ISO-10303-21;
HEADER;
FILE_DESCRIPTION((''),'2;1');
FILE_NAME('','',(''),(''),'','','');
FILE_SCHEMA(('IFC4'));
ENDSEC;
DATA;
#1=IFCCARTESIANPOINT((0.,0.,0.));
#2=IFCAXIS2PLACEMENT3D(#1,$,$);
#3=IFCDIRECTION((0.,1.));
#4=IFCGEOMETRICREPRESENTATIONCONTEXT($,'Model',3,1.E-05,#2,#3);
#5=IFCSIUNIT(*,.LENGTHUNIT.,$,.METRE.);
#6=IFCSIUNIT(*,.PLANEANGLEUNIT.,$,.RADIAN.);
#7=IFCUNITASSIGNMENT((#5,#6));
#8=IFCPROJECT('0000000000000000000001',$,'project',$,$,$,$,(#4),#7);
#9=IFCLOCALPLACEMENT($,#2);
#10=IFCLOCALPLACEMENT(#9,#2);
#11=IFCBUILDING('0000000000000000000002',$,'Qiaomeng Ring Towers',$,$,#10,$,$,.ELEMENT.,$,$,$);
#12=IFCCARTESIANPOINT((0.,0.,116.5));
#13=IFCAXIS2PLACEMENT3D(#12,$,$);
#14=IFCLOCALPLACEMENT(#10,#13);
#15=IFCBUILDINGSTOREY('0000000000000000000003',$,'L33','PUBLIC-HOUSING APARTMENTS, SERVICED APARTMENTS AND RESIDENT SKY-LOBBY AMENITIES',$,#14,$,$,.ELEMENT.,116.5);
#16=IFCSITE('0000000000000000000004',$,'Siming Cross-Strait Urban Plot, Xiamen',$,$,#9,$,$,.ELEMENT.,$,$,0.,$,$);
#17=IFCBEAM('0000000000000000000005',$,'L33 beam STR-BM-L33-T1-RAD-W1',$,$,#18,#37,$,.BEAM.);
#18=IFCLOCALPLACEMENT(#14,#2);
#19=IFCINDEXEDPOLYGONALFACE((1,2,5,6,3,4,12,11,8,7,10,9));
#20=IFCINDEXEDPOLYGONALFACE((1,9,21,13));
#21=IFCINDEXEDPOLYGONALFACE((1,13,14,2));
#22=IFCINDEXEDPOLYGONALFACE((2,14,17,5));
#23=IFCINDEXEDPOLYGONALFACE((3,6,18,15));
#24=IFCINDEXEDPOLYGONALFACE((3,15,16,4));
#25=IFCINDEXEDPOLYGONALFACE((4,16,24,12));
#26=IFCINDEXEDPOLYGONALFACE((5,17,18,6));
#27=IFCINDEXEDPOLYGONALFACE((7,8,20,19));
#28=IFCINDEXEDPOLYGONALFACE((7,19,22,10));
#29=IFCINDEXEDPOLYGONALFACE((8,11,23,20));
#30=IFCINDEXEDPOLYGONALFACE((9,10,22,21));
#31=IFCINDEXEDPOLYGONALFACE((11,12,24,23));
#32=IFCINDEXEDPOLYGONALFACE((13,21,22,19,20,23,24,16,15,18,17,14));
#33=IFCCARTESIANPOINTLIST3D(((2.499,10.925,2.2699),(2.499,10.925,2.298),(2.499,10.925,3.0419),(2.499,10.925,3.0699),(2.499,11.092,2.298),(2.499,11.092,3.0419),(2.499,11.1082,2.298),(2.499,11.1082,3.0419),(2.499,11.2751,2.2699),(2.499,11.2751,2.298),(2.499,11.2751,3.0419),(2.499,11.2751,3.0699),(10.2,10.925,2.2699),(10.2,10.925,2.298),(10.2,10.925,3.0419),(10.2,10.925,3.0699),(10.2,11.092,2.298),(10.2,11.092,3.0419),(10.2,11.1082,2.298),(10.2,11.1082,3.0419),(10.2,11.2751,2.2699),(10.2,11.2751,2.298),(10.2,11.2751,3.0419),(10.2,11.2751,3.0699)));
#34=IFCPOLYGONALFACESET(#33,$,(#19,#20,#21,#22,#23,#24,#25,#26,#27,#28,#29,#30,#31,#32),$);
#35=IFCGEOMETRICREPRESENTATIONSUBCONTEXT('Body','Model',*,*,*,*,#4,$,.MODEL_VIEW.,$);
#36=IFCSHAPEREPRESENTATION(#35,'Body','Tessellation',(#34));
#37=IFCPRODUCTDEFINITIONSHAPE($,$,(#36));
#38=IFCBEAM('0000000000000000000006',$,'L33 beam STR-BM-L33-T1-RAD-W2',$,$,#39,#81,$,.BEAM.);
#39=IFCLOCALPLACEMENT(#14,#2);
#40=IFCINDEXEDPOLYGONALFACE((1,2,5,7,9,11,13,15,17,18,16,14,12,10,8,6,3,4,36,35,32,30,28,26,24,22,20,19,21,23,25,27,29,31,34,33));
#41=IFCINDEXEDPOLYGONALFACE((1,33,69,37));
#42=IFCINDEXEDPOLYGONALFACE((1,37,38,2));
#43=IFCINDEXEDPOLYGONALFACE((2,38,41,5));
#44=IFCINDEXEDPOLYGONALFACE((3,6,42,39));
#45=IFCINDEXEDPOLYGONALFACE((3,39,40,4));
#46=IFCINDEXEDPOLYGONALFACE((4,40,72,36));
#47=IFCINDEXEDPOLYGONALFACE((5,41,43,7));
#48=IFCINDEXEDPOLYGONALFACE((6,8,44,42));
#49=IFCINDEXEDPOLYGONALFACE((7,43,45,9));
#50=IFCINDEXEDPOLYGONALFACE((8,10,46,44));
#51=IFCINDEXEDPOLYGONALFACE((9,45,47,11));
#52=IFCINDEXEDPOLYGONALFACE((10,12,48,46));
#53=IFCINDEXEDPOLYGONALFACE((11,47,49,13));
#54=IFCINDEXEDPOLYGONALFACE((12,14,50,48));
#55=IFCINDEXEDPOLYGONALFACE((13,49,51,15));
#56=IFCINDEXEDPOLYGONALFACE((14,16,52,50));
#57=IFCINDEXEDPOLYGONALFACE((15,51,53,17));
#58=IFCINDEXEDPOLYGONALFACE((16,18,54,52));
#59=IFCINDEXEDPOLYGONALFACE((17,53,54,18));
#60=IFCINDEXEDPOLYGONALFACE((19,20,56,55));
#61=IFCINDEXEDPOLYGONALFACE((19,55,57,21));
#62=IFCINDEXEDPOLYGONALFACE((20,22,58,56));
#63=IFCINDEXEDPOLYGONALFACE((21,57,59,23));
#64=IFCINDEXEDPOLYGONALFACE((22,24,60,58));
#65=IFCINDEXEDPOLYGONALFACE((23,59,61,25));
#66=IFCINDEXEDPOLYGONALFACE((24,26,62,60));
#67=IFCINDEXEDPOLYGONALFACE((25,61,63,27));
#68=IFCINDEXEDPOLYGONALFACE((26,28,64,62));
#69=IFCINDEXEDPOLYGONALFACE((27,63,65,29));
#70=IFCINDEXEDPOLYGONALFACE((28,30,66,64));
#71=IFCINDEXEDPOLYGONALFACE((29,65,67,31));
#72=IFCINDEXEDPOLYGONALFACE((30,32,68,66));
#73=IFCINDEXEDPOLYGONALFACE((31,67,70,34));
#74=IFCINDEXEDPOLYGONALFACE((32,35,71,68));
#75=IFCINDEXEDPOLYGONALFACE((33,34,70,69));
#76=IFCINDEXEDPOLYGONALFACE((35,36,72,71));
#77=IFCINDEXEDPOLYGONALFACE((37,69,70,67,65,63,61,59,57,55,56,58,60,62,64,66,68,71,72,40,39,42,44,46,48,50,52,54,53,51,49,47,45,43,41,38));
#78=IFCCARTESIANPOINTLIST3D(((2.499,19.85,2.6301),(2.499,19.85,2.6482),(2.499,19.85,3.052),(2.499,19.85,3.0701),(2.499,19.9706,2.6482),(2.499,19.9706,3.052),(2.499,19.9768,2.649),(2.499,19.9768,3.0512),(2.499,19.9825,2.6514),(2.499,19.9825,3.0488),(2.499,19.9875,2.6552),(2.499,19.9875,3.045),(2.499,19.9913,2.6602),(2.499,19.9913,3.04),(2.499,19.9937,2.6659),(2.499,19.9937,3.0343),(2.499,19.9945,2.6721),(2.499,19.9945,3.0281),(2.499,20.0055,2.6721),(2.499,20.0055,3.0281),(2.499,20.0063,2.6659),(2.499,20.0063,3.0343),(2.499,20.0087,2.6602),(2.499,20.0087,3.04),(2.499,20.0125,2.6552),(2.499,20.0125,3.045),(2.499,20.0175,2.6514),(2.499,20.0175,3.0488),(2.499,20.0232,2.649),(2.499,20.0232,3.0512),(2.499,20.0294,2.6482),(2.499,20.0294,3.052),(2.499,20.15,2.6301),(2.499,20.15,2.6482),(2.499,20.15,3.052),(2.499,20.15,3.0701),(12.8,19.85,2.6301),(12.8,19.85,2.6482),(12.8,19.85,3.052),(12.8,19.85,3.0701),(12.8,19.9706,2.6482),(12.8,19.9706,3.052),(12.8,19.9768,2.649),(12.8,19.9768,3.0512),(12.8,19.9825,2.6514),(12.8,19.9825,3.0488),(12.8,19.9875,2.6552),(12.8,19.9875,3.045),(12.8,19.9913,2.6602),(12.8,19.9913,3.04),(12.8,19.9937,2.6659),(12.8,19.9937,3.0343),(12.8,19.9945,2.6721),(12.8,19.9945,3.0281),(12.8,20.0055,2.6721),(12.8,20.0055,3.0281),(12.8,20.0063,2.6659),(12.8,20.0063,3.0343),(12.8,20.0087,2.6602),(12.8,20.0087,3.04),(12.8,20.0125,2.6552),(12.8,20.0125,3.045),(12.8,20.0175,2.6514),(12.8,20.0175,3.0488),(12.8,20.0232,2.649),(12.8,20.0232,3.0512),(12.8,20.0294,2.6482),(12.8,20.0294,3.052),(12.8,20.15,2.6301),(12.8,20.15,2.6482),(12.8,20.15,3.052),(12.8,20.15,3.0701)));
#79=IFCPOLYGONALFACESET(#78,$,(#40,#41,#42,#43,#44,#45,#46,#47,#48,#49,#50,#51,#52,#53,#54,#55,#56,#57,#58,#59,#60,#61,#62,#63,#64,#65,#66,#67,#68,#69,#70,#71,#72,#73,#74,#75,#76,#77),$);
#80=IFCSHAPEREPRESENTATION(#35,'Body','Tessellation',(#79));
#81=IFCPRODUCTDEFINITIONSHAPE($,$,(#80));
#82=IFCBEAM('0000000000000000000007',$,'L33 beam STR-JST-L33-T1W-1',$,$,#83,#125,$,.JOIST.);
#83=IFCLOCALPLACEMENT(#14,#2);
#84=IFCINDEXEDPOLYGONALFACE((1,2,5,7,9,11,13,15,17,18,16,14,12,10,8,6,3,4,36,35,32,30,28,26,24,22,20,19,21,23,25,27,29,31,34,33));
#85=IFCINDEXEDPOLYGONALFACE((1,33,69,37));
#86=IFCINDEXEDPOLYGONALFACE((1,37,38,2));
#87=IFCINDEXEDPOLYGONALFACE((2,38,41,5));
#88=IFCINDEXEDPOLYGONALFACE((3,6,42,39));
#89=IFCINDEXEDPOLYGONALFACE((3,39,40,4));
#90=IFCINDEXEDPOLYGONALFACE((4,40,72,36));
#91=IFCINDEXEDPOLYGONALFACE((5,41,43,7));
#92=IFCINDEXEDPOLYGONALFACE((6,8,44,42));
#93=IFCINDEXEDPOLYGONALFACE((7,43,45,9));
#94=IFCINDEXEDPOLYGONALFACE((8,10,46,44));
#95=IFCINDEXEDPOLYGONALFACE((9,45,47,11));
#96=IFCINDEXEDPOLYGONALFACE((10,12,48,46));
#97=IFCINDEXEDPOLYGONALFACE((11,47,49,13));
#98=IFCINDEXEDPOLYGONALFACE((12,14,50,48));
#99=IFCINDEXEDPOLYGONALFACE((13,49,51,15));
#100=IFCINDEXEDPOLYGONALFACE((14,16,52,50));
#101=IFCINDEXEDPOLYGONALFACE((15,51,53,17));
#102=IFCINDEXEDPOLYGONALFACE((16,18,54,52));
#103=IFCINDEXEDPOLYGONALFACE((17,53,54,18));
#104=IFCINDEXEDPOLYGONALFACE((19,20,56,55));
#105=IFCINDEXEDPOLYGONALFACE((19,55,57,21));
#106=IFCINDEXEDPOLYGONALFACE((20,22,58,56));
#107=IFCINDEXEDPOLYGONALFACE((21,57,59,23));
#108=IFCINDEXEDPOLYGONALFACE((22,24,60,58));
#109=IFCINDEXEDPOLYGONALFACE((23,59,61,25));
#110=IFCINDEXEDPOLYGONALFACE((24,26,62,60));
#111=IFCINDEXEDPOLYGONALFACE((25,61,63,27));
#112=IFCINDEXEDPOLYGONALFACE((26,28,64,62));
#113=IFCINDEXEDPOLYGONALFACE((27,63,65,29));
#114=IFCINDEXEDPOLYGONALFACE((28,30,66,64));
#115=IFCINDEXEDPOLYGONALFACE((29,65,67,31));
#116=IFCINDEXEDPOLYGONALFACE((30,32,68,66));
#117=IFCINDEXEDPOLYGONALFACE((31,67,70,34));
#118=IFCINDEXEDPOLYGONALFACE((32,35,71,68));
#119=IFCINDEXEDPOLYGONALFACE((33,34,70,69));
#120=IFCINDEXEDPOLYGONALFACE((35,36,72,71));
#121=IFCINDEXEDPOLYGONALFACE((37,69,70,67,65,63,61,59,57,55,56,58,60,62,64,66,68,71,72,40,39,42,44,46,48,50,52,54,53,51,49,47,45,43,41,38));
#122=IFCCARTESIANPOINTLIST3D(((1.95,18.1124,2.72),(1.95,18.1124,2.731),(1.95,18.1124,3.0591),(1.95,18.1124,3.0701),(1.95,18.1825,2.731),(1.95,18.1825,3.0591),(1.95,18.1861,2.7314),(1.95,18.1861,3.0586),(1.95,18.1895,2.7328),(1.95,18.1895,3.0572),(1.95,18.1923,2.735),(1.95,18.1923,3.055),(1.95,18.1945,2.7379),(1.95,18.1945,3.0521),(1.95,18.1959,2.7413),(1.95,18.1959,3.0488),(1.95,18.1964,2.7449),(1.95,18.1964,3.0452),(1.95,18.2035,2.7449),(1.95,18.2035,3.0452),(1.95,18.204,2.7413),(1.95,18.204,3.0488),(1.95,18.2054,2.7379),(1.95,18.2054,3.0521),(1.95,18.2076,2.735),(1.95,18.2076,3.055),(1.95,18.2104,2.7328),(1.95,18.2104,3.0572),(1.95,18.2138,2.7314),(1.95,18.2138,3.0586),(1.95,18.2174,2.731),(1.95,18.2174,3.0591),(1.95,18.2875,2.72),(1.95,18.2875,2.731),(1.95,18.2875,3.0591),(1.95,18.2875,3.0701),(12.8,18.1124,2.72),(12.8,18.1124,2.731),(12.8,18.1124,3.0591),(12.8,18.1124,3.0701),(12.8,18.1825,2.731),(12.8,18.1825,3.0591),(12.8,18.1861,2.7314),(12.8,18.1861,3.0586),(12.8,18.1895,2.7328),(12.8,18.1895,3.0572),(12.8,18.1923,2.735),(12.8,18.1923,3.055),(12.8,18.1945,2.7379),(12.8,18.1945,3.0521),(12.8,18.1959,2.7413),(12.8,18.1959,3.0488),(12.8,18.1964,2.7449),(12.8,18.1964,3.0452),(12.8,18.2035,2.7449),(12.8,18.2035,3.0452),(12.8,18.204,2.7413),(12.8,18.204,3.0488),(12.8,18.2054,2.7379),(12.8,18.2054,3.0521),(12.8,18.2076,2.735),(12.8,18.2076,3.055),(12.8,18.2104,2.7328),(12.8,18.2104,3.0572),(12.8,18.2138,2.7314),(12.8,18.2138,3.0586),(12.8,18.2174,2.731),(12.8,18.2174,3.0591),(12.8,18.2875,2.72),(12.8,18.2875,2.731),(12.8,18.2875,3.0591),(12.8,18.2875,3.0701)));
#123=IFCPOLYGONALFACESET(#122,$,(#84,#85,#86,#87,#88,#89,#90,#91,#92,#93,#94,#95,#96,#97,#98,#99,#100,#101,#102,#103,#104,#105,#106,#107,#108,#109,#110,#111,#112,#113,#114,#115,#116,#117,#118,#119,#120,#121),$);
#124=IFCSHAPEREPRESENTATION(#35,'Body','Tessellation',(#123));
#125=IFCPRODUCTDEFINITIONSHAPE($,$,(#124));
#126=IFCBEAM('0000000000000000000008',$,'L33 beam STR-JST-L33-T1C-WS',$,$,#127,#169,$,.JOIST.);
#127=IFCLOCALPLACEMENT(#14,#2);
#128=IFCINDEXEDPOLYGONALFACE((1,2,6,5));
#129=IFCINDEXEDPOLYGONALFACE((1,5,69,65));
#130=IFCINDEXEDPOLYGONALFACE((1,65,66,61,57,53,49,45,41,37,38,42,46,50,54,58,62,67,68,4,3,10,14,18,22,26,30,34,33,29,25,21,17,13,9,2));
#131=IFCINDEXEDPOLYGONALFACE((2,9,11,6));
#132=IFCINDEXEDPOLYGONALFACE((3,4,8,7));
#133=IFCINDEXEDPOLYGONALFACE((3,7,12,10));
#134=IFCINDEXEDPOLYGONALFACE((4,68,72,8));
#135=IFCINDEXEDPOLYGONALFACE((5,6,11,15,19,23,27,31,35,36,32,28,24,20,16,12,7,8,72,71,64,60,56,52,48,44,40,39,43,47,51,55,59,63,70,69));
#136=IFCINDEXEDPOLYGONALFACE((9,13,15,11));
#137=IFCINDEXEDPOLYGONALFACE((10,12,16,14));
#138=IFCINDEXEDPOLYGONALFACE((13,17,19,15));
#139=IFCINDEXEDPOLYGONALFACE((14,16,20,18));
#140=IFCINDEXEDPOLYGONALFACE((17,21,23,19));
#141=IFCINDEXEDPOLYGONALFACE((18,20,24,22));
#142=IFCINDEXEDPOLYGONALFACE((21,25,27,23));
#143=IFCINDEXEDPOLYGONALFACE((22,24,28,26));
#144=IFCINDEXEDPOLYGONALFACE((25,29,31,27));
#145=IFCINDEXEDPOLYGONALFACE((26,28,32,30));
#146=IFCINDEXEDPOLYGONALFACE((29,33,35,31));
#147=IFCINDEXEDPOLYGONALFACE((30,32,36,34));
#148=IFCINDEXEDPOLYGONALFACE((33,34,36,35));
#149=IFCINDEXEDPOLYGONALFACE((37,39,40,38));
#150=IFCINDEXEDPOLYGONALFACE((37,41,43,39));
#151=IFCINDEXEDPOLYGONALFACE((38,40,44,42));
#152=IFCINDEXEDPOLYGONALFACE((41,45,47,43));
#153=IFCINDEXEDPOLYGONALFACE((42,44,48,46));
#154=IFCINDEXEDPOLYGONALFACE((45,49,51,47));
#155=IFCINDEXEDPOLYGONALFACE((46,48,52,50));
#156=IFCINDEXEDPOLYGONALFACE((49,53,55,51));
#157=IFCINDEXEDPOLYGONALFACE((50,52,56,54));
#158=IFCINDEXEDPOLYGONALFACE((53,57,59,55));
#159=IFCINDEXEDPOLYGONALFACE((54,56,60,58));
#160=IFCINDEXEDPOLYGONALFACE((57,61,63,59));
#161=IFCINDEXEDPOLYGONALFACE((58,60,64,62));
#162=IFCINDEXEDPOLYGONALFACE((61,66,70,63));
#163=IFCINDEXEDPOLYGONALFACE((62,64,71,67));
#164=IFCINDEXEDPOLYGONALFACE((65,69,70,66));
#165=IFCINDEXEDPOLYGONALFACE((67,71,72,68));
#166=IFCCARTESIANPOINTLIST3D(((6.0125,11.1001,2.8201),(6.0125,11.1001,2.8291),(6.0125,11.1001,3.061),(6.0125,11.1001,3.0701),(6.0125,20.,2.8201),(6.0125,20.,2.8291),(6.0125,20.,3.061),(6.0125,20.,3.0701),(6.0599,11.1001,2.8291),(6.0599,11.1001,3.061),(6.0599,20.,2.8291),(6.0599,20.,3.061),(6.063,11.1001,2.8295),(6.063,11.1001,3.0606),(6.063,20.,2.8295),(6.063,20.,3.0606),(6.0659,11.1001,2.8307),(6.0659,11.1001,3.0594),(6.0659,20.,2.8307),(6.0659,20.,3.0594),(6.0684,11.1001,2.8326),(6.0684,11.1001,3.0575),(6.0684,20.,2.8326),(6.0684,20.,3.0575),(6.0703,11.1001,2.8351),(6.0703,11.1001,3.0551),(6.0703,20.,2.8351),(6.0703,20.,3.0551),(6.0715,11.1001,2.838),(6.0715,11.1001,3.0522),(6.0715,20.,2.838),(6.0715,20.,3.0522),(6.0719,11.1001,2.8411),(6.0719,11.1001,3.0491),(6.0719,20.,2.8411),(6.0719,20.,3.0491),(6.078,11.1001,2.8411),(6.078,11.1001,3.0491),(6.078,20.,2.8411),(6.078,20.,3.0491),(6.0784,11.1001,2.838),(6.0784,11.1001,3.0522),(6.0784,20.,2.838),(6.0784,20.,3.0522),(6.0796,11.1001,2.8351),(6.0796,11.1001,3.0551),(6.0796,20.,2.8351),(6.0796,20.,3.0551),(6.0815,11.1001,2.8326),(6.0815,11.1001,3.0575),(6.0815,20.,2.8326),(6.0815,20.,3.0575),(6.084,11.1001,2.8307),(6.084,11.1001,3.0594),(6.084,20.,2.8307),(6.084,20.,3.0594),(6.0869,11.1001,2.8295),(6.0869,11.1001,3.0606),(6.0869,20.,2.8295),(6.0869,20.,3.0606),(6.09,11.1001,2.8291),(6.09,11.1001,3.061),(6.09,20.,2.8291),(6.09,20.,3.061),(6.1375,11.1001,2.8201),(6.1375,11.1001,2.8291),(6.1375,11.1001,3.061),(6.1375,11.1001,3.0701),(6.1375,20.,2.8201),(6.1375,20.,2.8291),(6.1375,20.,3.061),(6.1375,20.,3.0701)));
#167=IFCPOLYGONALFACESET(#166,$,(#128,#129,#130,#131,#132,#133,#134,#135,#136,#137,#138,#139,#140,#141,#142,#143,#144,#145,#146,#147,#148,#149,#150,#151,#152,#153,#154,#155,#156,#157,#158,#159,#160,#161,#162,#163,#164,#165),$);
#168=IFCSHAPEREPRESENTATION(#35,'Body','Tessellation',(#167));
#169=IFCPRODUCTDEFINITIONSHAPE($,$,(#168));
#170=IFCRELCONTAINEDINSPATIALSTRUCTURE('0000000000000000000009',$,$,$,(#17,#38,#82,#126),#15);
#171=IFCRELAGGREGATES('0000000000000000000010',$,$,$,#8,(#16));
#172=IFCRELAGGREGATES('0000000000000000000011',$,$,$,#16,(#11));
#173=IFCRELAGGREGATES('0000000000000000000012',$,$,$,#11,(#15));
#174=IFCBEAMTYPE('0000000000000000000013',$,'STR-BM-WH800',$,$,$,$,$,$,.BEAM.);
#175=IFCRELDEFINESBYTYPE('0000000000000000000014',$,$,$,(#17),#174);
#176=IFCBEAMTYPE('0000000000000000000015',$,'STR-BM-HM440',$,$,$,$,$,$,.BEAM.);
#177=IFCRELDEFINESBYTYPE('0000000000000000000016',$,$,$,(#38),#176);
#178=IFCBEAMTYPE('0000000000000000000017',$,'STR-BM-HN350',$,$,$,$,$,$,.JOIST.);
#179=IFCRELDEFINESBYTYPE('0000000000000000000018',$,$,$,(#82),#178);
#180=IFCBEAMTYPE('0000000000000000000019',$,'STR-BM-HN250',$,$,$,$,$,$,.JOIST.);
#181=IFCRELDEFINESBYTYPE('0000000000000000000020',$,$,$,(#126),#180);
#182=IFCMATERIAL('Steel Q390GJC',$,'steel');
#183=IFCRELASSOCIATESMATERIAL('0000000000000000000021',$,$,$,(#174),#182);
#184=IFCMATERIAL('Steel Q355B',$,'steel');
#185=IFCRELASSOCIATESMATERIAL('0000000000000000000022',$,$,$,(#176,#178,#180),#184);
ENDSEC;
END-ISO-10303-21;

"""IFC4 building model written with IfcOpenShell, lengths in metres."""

from ifc_helpers import new_model, si_unit, direction, frame, origin, origin_2d, place, context, subcontext, project, spatial, i_section, extrude, source, transform, mapped, material, material_profile, profile_set, type_object, element, save


model = new_model("IFC4")

# Units and contexts
model_context = context("Model", 3, precision=1e-05, world=origin(), true_north=direction((0.0, 1.0)))
body_context = subcontext(model_context, "Body", "Model", "MODEL_VIEW")
ifc_project = project(units=[si_unit("LENGTHUNIT", "METRE"), si_unit("PLANEANGLEUNIT", "RADIAN")], contexts=[model_context])

# Site, building, storey
site_placement = place(None, origin())
site = spatial("IfcSite", under=ifc_project, at=site_placement, Name="Siming Cross-Strait Urban Plot, Xiamen", CompositionType="ELEMENT", RefElevation=0.0)
building_placement = place(site_placement, origin())
building = spatial("IfcBuilding", under=site, at=building_placement, Name="Qiaomeng Ring Towers", CompositionType="ELEMENT")
storey_placement = place(building_placement, frame((0.0, 0.0, 116.5)))
storey = spatial("IfcBuildingStorey", under=building, at=storey_placement, Name="L33", Description="PUBLIC-HOUSING APARTMENTS, SERVICED APARTMENTS AND RESIDENT SKY-LOBBY AMENITIES", CompositionType="ELEMENT", Elevation=116.5)

# Beams
ifc_material_1 = material(Name="Steel Q355B", Category="steel")
ifc_material_2 = material(Name="Steel Q390GJC", Category="steel")
ifc_material_profile_1 = material_profile(ifc_material_2, i_section(OverallWidth=0.3501, OverallDepth=0.8, WebThickness=0.0161, FlangeThickness=0.0281, at=origin_2d()), Name="WH 800x350x16x28")
ifc_profile_set_1 = profile_set([ifc_material_profile_1], Name="Steel Q390GJC")
beam_type_1 = type_object("IfcBeamType", Name="STR-BM-WH800", PredefinedType="BEAM", material=ifc_profile_set_1)
shared_shape_1 = source(origin(), body_context, "Body", "SweptSolid", [
    extrude(i_section(OverallWidth=0.3501, OverallDepth=0.8, WebThickness=0.0161, FlangeThickness=0.0281, at=origin_2d()), origin(), (0.0, 0.0, 1.0), 7.7009),
])
beam_1_placement = place(storey_placement, frame((2.499, 11.1001, 2.6699), z_axis=(1.0, 0.0, 0.0), x_axis=(0.0, 1.0, 0.0)))
element("IfcBeam", 1, at=beam_1_placement, inside=storey, type_object=beam_type_1, Name="L33 beam STR-BM-L33-T1-RAD-W1", PredefinedType="BEAM", context=body_context, shape_type="MappedRepresentation", body=[
    mapped(shared_shape_1, transform((0.0, 0.0, 0.0), x_axis=(1.0, 0.0, 0.0), y_axis=(0.0, 1.0, 0.0), z_axis=(0.0, 0.0, 1.0), scale=1.0)),
])
ifc_material_profile_2 = material_profile(ifc_material_1, i_section(OverallWidth=0.3, OverallDepth=0.4399, WebThickness=0.011, FlangeThickness=0.0181, FilletRadius=0.0239, at=origin_2d()), Name="HM 440x300x11x18")
ifc_profile_set_2 = profile_set([ifc_material_profile_2], Name="Steel Q355B")
beam_type_2 = type_object("IfcBeamType", Name="STR-BM-HM440", PredefinedType="BEAM", material=ifc_profile_set_2)
shared_shape_2 = source(origin(), body_context, "Body", "SweptSolid", [
    extrude(i_section(OverallWidth=0.3, OverallDepth=0.4399, WebThickness=0.011, FlangeThickness=0.0181, FilletRadius=0.0239, at=origin_2d()), origin(), (0.0, 0.0, 1.0), 10.301),
])
beam_2_placement = place(storey_placement, frame((2.499, 20.0, 2.8501), z_axis=(1.0, 0.0, 0.0), x_axis=(0.0, 1.0, 0.0)))
element("IfcBeam", 2, at=beam_2_placement, inside=storey, type_object=beam_type_2, Name="L33 beam STR-BM-L33-T1-RAD-W2", PredefinedType="BEAM", context=body_context, shape_type="MappedRepresentation", body=[
    mapped(shared_shape_2, transform((0.0, 0.0, 0.0), x_axis=(1.0, 0.0, 0.0), y_axis=(0.0, 1.0, 0.0), z_axis=(0.0, 0.0, 1.0), scale=1.0)),
])
ifc_material_profile_3 = material_profile(ifc_material_1, i_section(OverallWidth=0.175, OverallDepth=0.3501, WebThickness=0.0071, FlangeThickness=0.011, FilletRadius=0.0139, at=origin_2d()), Name="HN 350x175x7x11")
ifc_profile_set_3 = profile_set([ifc_material_profile_3], Name="Steel Q355B")
beam_type_3 = type_object("IfcBeamType", Name="STR-BM-HN350", PredefinedType="JOIST", material=ifc_profile_set_3)
shared_shape_3 = source(origin(), body_context, "Body", "SweptSolid", [
    extrude(i_section(OverallWidth=0.175, OverallDepth=0.3501, WebThickness=0.0071, FlangeThickness=0.011, FilletRadius=0.0139, at=origin_2d()), origin(), (0.0, 0.0, 1.0), 10.8501),
])
beam_3_placement = place(storey_placement, frame((1.95, 18.2, 2.895), z_axis=(1.0, 0.0, 0.0), x_axis=(0.0, 1.0, 0.0)))
element("IfcBeam", 3, at=beam_3_placement, inside=storey, type_object=beam_type_3, Name="L33 beam STR-JST-L33-T1W-1", PredefinedType="JOIST", context=body_context, shape_type="MappedRepresentation", body=[
    mapped(shared_shape_3, transform((0.0, 0.0, 0.0), x_axis=(1.0, 0.0, 0.0), y_axis=(0.0, 1.0, 0.0), z_axis=(0.0, 0.0, 1.0), scale=1.0)),
])
ifc_material_profile_4 = material_profile(ifc_material_1, i_section(OverallWidth=0.125, OverallDepth=0.25, WebThickness=0.0061, FlangeThickness=0.009, FilletRadius=0.012, at=origin_2d()), Name="HN 250x125x6x9")
ifc_profile_set_4 = profile_set([ifc_material_profile_4], Name="Steel Q355B")
beam_type_4 = type_object("IfcBeamType", Name="STR-BM-HN250", PredefinedType="JOIST", material=ifc_profile_set_4)
shared_shape_4 = source(origin(), body_context, "Body", "SweptSolid", [
    extrude(i_section(OverallWidth=0.125, OverallDepth=0.25, WebThickness=0.0061, FlangeThickness=0.009, FilletRadius=0.012, at=origin_2d()), origin(), (0.0, 0.0, 1.0), 8.8999),
])
beam_4_placement = place(storey_placement, frame((6.075, 11.1001, 2.9451), z_axis=(0.0, 1.0, 0.0), x_axis=(-1.0, 0.0, 0.0)))
element("IfcBeam", 4, at=beam_4_placement, inside=storey, type_object=beam_type_4, Name="L33 beam STR-JST-L33-T1C-WS", PredefinedType="JOIST", context=body_context, shape_type="MappedRepresentation", body=[
    mapped(shared_shape_4, transform((0.0, 0.0, 0.0), x_axis=(1.0, 0.0, 0.0), y_axis=(0.0, 1.0, 0.0), z_axis=(0.0, 0.0, 1.0), scale=1.0)),
])

save(model, "model.ifc")
